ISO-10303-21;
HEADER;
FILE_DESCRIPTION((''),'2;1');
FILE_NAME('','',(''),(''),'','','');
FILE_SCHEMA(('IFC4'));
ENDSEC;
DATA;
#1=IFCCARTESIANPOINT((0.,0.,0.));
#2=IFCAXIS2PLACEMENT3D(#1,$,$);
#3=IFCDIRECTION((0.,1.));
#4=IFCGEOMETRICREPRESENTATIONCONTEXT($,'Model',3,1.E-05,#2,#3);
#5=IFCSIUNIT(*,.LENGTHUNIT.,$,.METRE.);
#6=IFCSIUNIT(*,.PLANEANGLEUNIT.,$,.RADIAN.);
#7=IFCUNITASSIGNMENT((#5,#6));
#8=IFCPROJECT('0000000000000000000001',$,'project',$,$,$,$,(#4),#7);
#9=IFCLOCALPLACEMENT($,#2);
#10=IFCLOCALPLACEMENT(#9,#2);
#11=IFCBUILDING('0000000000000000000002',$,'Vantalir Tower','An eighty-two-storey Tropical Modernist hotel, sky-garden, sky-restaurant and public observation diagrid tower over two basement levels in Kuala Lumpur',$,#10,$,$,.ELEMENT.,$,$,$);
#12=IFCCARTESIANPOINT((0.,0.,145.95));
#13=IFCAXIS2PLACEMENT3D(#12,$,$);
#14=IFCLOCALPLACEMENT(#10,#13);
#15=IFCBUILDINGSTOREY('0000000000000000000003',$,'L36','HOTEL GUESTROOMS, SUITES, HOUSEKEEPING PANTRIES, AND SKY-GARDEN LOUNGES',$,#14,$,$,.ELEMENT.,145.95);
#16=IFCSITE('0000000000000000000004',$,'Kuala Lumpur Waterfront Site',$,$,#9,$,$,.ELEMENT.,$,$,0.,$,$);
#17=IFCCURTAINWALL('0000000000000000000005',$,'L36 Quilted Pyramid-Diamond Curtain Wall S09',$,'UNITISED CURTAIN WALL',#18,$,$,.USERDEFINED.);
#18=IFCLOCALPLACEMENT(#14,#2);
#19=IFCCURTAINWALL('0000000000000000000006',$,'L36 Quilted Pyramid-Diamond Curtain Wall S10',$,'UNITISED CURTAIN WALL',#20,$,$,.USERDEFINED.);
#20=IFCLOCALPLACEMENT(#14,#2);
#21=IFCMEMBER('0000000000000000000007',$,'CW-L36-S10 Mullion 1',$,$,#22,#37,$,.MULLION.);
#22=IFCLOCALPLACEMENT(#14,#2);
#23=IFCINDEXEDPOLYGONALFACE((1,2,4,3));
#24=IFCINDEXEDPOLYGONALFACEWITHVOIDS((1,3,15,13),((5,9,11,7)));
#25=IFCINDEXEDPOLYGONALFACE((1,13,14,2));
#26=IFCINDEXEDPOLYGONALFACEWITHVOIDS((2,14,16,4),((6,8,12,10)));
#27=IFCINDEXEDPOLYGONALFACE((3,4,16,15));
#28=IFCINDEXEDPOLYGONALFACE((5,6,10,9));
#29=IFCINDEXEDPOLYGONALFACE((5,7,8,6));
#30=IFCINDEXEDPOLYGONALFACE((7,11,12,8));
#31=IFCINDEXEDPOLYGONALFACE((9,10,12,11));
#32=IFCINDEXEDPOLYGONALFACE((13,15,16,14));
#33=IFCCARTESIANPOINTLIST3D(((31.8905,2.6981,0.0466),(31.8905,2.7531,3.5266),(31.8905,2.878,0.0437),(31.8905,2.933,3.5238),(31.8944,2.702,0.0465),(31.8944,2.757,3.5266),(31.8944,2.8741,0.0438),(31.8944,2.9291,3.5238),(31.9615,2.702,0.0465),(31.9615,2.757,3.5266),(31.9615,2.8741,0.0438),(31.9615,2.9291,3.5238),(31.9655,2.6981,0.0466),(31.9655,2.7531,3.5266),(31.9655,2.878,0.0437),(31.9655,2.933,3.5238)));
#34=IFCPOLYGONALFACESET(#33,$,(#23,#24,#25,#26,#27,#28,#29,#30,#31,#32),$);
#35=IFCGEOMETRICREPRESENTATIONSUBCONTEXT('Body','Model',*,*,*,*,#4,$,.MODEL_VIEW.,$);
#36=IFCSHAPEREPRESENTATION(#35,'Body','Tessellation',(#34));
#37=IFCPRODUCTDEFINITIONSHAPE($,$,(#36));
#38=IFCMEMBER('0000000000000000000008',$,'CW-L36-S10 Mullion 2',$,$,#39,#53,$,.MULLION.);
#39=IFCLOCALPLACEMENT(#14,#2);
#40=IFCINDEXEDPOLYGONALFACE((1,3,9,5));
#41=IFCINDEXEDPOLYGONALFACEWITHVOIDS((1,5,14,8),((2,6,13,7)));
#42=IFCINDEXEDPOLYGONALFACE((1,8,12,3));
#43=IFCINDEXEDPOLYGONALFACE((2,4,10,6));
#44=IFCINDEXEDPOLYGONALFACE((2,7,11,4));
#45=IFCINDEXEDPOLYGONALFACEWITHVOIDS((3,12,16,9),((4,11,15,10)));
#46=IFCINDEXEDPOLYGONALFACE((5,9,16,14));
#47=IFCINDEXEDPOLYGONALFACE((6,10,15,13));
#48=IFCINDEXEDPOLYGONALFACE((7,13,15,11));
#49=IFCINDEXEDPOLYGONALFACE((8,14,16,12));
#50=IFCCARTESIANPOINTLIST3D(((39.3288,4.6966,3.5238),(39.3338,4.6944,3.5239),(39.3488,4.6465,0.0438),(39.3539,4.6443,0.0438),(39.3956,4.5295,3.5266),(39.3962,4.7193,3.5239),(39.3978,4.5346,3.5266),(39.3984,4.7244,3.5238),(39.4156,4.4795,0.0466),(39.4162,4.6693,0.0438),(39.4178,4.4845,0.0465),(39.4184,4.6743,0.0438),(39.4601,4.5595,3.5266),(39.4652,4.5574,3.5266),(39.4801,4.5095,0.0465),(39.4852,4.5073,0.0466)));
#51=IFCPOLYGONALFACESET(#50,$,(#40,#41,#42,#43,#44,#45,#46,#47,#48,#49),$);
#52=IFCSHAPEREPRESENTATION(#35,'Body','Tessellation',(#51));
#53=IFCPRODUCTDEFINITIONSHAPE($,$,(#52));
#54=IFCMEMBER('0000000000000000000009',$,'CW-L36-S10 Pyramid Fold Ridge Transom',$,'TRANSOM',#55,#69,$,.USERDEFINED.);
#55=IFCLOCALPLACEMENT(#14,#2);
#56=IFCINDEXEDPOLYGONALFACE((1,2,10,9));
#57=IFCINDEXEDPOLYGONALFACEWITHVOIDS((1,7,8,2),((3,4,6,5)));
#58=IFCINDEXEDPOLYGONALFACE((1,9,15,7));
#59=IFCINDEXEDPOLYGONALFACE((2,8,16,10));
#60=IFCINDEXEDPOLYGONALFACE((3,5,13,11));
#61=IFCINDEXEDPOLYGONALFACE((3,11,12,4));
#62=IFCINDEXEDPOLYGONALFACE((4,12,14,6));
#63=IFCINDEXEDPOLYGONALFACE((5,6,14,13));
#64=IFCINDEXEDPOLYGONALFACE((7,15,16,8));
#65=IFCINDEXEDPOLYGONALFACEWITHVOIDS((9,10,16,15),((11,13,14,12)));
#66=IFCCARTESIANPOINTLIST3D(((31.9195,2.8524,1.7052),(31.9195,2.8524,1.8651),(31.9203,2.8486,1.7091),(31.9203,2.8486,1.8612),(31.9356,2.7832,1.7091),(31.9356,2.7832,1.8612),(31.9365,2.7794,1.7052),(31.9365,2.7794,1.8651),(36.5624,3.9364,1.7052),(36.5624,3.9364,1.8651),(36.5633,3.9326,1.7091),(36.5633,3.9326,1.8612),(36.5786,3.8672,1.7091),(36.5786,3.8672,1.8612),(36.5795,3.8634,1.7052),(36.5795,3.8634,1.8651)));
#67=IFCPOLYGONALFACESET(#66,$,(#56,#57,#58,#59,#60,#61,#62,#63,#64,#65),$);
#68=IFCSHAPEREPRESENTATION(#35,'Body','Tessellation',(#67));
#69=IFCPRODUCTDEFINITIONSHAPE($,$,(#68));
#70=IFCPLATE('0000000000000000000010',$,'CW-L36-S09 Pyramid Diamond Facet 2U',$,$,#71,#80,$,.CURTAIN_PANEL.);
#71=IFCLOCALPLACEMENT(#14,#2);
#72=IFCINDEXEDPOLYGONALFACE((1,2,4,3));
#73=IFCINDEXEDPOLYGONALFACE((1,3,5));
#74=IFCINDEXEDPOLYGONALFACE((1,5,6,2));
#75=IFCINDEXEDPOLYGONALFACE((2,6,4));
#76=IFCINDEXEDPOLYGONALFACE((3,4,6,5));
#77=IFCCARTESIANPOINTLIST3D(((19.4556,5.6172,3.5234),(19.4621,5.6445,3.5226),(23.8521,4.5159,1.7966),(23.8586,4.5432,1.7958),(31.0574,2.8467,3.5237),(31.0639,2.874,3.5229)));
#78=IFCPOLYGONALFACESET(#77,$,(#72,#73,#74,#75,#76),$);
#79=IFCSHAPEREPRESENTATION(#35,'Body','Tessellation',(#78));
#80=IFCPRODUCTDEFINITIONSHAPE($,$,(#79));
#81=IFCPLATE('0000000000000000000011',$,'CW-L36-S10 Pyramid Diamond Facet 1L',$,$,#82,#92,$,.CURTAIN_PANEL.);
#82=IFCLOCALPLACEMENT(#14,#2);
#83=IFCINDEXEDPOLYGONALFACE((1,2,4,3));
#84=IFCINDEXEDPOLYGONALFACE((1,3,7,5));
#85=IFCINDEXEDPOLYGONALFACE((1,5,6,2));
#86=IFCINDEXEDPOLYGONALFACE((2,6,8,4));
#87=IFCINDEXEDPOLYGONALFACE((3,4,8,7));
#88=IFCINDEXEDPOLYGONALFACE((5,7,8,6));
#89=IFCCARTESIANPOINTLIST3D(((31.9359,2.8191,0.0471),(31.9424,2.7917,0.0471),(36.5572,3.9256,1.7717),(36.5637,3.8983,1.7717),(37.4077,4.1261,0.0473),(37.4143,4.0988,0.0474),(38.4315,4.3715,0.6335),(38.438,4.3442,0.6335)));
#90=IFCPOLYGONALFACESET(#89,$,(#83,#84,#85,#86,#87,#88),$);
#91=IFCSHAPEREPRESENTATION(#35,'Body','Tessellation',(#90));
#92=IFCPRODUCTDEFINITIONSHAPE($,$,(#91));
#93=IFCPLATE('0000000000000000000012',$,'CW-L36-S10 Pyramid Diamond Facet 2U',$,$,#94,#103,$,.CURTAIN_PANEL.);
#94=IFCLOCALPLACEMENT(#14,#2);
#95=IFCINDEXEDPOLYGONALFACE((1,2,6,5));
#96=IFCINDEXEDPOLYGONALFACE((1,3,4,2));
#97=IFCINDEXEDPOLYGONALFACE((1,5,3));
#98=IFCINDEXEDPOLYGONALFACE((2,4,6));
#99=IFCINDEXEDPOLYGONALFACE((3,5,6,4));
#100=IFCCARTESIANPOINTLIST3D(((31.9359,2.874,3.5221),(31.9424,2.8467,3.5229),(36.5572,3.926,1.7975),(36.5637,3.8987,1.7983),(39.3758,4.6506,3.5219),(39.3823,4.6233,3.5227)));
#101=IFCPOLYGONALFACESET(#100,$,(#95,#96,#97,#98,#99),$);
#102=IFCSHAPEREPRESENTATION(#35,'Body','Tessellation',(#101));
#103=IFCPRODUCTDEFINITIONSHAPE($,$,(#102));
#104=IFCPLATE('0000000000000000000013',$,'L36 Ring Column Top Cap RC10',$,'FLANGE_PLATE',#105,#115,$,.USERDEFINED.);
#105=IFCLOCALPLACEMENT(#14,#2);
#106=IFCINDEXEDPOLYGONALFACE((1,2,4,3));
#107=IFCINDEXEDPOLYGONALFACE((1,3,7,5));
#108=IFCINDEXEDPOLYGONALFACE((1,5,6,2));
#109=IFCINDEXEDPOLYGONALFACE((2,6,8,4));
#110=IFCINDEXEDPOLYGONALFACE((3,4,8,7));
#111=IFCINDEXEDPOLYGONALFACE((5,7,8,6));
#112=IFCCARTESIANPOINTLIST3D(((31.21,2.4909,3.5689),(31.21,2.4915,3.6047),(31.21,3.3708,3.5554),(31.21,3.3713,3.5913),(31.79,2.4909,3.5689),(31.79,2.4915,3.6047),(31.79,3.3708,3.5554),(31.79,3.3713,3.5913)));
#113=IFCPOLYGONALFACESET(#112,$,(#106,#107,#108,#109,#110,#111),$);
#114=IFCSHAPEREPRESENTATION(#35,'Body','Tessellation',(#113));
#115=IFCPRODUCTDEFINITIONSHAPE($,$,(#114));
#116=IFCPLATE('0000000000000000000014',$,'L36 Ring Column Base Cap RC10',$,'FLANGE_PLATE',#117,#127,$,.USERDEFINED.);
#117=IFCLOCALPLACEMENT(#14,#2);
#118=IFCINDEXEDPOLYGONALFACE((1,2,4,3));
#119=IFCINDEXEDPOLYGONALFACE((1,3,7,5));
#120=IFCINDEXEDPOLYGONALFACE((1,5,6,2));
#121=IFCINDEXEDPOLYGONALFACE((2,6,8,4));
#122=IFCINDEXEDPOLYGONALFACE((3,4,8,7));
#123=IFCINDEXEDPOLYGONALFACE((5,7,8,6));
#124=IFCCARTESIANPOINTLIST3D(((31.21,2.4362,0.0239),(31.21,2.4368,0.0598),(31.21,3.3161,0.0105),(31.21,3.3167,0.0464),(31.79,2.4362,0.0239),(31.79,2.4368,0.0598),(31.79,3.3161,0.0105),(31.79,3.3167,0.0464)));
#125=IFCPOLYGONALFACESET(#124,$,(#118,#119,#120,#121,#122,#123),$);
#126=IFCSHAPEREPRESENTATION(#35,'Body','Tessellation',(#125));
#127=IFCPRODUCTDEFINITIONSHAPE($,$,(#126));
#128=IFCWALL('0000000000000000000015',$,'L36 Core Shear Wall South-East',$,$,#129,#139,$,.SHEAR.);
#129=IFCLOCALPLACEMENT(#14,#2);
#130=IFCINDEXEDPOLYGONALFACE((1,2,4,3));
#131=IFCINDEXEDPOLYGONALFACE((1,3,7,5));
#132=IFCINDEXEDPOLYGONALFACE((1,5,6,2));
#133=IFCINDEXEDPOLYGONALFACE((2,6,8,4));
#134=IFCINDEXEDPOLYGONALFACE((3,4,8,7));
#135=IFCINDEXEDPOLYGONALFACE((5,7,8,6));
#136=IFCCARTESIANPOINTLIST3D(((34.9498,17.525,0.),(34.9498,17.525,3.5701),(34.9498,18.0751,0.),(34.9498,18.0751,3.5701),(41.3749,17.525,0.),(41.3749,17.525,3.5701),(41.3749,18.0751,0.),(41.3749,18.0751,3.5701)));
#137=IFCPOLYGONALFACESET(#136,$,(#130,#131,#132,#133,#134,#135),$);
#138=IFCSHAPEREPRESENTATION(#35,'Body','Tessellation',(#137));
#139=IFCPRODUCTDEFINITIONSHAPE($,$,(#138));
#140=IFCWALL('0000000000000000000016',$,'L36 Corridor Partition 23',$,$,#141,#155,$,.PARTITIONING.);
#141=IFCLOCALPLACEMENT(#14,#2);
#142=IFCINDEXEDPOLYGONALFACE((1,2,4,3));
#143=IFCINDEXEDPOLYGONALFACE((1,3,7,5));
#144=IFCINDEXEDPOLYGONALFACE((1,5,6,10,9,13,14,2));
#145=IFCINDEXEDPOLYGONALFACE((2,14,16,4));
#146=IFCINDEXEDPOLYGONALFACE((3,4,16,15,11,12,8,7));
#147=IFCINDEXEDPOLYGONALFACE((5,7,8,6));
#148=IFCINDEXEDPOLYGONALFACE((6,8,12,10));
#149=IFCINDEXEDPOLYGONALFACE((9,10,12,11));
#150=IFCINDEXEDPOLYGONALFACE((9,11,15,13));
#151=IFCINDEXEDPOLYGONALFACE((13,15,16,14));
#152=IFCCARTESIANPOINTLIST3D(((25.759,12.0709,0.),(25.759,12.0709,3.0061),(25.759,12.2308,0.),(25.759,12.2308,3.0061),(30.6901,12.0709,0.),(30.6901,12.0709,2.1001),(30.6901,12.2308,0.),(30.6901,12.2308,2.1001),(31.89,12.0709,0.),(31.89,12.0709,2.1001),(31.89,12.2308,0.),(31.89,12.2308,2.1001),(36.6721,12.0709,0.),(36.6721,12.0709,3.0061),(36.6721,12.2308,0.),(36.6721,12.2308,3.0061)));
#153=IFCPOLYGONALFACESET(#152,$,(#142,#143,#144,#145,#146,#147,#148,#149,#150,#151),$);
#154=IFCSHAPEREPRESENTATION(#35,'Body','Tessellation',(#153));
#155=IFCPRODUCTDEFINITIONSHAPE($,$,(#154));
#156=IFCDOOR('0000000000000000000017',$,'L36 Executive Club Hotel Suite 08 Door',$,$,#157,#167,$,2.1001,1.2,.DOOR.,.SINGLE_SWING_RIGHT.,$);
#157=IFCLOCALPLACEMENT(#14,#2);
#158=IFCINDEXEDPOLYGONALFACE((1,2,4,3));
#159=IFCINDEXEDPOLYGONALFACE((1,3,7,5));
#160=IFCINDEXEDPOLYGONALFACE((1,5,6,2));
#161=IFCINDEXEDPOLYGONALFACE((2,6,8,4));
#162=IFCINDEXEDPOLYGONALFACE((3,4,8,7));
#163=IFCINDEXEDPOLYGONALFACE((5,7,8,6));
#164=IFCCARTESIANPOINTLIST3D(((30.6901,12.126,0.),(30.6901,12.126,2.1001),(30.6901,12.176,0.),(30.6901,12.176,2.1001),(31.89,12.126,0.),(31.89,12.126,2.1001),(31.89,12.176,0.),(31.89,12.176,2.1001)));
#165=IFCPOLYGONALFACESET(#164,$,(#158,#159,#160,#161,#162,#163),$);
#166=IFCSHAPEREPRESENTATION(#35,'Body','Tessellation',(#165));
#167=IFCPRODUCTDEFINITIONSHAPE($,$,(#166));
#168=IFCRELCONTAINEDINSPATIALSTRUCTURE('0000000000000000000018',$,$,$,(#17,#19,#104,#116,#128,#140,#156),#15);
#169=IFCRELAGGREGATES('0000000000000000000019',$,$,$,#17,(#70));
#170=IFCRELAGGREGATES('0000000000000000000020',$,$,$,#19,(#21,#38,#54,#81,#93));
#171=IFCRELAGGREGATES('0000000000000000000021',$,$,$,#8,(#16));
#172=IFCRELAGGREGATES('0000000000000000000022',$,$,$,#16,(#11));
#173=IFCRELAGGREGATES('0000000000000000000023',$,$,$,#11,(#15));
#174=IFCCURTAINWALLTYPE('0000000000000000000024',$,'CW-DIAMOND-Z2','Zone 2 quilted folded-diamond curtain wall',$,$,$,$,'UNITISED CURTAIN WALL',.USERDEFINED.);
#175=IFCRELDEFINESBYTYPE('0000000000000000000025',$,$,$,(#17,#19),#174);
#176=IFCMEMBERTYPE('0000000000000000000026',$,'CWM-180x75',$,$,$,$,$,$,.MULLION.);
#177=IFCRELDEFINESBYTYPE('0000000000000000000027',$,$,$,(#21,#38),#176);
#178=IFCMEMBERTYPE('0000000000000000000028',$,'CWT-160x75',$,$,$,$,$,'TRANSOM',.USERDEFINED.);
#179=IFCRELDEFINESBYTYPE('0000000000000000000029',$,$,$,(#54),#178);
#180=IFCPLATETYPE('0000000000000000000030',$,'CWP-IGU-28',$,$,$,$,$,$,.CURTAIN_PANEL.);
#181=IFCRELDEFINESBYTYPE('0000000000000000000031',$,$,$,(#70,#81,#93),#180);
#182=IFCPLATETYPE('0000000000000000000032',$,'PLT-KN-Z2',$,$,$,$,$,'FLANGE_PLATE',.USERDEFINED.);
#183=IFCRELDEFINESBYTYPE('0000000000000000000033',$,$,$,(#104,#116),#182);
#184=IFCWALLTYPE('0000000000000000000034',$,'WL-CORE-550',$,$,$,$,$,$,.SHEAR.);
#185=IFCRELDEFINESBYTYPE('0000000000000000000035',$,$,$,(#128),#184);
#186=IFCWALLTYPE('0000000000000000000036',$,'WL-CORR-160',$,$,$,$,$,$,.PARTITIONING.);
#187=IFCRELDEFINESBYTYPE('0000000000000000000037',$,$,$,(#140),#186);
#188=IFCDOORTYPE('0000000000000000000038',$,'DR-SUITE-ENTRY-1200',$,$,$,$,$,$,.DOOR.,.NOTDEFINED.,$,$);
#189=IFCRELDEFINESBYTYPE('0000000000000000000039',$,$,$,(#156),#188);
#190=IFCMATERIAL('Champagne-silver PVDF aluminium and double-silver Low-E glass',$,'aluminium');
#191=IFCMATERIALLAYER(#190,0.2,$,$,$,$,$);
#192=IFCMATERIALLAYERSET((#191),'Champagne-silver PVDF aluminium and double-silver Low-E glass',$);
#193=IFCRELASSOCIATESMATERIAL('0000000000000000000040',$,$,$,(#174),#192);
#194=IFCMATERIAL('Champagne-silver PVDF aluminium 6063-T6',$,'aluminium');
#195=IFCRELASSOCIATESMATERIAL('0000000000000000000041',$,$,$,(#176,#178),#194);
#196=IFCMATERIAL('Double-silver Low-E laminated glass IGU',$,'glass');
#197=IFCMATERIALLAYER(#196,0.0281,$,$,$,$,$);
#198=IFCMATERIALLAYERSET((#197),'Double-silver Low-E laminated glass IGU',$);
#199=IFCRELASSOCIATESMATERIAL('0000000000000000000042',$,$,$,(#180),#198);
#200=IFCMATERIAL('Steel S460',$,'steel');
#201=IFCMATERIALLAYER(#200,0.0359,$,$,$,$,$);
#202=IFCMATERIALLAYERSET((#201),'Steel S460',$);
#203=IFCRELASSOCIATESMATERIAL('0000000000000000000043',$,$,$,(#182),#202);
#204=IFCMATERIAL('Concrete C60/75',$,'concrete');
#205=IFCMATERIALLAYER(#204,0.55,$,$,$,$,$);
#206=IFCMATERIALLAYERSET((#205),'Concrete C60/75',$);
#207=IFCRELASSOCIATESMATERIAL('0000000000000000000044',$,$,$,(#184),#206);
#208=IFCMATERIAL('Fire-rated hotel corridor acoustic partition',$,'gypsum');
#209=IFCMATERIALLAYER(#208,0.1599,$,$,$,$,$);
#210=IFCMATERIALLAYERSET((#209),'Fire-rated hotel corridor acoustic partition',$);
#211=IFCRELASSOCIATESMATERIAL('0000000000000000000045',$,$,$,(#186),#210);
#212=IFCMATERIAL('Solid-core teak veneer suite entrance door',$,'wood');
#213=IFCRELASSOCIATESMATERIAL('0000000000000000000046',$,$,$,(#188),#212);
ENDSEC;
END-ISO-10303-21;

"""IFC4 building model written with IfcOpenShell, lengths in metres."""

from ifc_helpers import new_model, si_unit, direction, frame, frame_2d, origin, origin_2d, place, context, subcontext, project, spatial, polyline, rectangle, hollow_rectangle, outline, extrude, material, layer, layer_set, material_profile, profile_set, type_object, element, fill, aggregate, save


model = new_model("IFC4")

# Units and contexts
model_context = context("Model", 3, precision=1e-05, world=origin(), true_north=direction((0.0, 1.0)))
body_context = subcontext(model_context, "Body", "Model", "MODEL_VIEW")
ifc_project = project(units=[si_unit("LENGTHUNIT", "METRE"), si_unit("PLANEANGLEUNIT", "RADIAN")], contexts=[model_context])

# Site, building, storey
site_placement = place(None, origin())
site = spatial("IfcSite", under=ifc_project, at=site_placement, Name="Kuala Lumpur Waterfront Site", CompositionType="ELEMENT", RefElevation=0.0)
building_placement = place(site_placement, origin())
building = spatial("IfcBuilding", under=site, at=building_placement, Name="Vantalir Tower", Description="An eighty-two-storey Tropical Modernist hotel, sky-garden, sky-restaurant and public observation diagrid tower over two basement levels in Kuala Lumpur", CompositionType="ELEMENT")
storey_placement = place(building_placement, frame((0.0, 0.0, 145.95)))
storey = spatial("IfcBuildingStorey", under=building, at=storey_placement, Name="L36", Description="HOTEL GUESTROOMS, SUITES, HOUSEKEEPING PANTRIES, AND SKY-GARDEN LOUNGES", CompositionType="ELEMENT", Elevation=145.95)

# Shared definitions
ifc_material_1 = material(Name="Concrete C60/75", Category="concrete")
ifc_material_2 = material(Name="Steel S460", Category="steel")

# Curtain wall
ifc_material_3 = material(Name="Champagne-silver PVDF aluminium and double-silver Low-E glass", Category="aluminium")
ifc_layer_1 = layer(ifc_material_3, 0.2)
ifc_layer_set_1 = layer_set([ifc_layer_1], Name="Champagne-silver PVDF aluminium and double-silver Low-E glass")
curtain_wall_type = type_object("IfcCurtainWallType", Name="CW-DIAMOND-Z2", Description="Zone 2 quilted folded-diamond curtain wall", ElementType="UNITISED CURTAIN WALL", PredefinedType="USERDEFINED", material=ifc_layer_set_1)
curtain_wall_1_placement = place(storey_placement, origin())
curtain_wall_1 = element("IfcCurtainWall", 1, at=curtain_wall_1_placement, inside=storey, type_object=curtain_wall_type, Name="L36 Quilted Pyramid-Diamond Curtain Wall S09", ObjectType="UNITISED CURTAIN WALL", PredefinedType="USERDEFINED")
ifc_material_4 = material(Name="Champagne-silver PVDF aluminium 6063-T6", Category="aluminium")
ifc_material_profile_1 = material_profile(ifc_material_4, hollow_rectangle(XDim=0.075, YDim=0.1799, WallThickness=0.0039, at=origin_2d()), Name="Champagne-silver PVDF aluminium 6063-T6")
ifc_profile_set_1 = profile_set([ifc_material_profile_1], Name="Champagne-silver PVDF aluminium 6063-T6")
member_type_1 = type_object("IfcMemberType", Name="CWM-180x75", PredefinedType="MULLION", material=ifc_profile_set_1)

# Curtain wall, members
curtain_wall_2_placement = place(storey_placement, origin())
curtain_wall_2 = element("IfcCurtainWall", 2, at=curtain_wall_2_placement, inside=storey, type_object=curtain_wall_type, Name="L36 Quilted Pyramid-Diamond Curtain Wall S10", ObjectType="UNITISED CURTAIN WALL", PredefinedType="USERDEFINED")
member_1_placement = place(storey_placement, frame((31.928, 2.7881, 0.0452), z_axis=(0.0, 0.015783, 0.999875), x_axis=(-1.0, 0.0, 0.0)))
member_1 = element("IfcMember", 3, at=member_1_placement, type_object=member_type_1, Name="CW-L36-S10 Mullion 1", PredefinedType="MULLION", context=body_context, shape_type="SweptSolid", body=[
    extrude(hollow_rectangle(XDim=0.075, YDim=0.1799, WallThickness=0.0039, at=origin_2d()), origin(), (0.0, 0.0, 1.0), 3.4805),
])
member_2_placement = place(storey_placement, frame((39.417, 4.5769, 0.0452), z_axis=(-0.005752, 0.01438, 0.99988), x_axis=(-0.928477, -0.371391, 0.0)))
member_2 = element("IfcMember", 4, at=member_2_placement, type_object=member_type_1, Name="CW-L36-S10 Mullion 2", PredefinedType="MULLION", context=body_context, shape_type="SweptSolid", body=[
    extrude(hollow_rectangle(XDim=0.075, YDim=0.1799, WallThickness=0.0039, at=origin_2d()), origin(), (0.0, 0.0, 1.0), 3.4805),
])
ifc_material_profile_2 = material_profile(ifc_material_4, hollow_rectangle(XDim=0.075, YDim=0.1599, WallThickness=0.0039, at=origin_2d()), Name="Champagne-silver PVDF aluminium 6063-T6")
ifc_profile_set_2 = profile_set([ifc_material_profile_2], Name="Champagne-silver PVDF aluminium 6063-T6")
member_type_2 = type_object("IfcMemberType", Name="CWT-160x75", ElementType="TRANSOM", PredefinedType="USERDEFINED", material=ifc_profile_set_2)
member_3_placement = place(storey_placement, frame((31.928, 2.8159, 1.7852), z_axis=(0.973813, 0.227349, 0.0), x_axis=(-0.227349, 0.973813, 0.0)))
member_3 = element("IfcMember", 5, at=member_3_placement, type_object=member_type_2, Name="CW-L36-S10 Pyramid Fold Ridge Transom", ObjectType="TRANSOM", PredefinedType="USERDEFINED", context=body_context, shape_type="SweptSolid", body=[
    extrude(hollow_rectangle(XDim=0.075, YDim=0.1599, WallThickness=0.0039, at=origin_2d()), origin(), (0.0, 0.0, 1.0), 4.7678),
])

# Plates
ifc_material_5 = material(Name="Double-silver Low-E laminated glass IGU", Category="glass")
ifc_layer_2 = layer(ifc_material_5, 0.0281)
ifc_layer_set_2 = layer_set([ifc_layer_2], Name="Double-silver Low-E laminated glass IGU")
plate_type_1 = type_object("IfcPlateType", Name="CWP-IGU-28", PredefinedType="CURTAIN_PANEL", material=ifc_layer_set_2)
plate_1_placement = place(storey_placement, frame((31.0574, 2.8467, 3.5237), z_axis=(-0.232172, -0.972244, 0.02896), x_axis=(-0.972652, 0.232269, -0.00002)))
plate_1 = element("IfcPlate", 6, at=plate_1_placement, type_object=plate_type_1, Name="CW-L36-S09 Pyramid Diamond Facet 2U", PredefinedType="CURTAIN_PANEL", context=body_context, shape_type="SweptSolid", body=[
    extrude(outline(polyline([(0.0, 0.0), (11.928, 0.0), (7.396, 1.7276), (0.0, 0.0)])), origin(), (0.0, 0.0, -1.0), 0.0281),
])
aggregate(curtain_wall_1, [plate_1])
plate_2_placement = place(storey_placement, frame((31.9424, 2.7917, 0.0471), z_axis=(0.232327, -0.972637, 0.001542), x_axis=(0.972638, 0.232327, 0.000043)))
plate_2 = element("IfcPlate", 7, at=plate_2_placement, type_object=plate_type_1, Name="CW-L36-S10 Pyramid Diamond Facet 1L", PredefinedType="CURTAIN_PANEL", context=body_context, shape_type="SweptSolid", body=[
    extrude(outline(polyline([(0.0, 0.0), (5.6258, 0.0), (6.6786, 0.5861), (4.752, 1.7244), (0.0, 0.0)])), origin(), (0.0, 0.0, -1.0), 0.0281),
])
plate_3_placement = place(storey_placement, frame((39.3823, 4.6233, 3.5227), z_axis=(0.232166, -0.972242, 0.029061), x_axis=(-0.972653, -0.232263, 0.000032)))
plate_3 = element("IfcPlate", 8, at=plate_3_placement, type_object=plate_type_1, Name="CW-L36-S10 Pyramid Diamond Facet 2U", PredefinedType="CURTAIN_PANEL", context=body_context, shape_type="SweptSolid", body=[
    extrude(outline(polyline([(0.0, 0.0), (7.6491, 0.0), (2.9098, 1.7252), (0.0, 0.0)])), origin(), (0.0, 0.0, -1.0), 0.0281),
])
aggregate(curtain_wall_2, [member_1, member_2, member_3, plate_2, plate_3])

# Plates
ifc_layer_3 = layer(ifc_material_2, 0.0359)
ifc_layer_set_3 = layer_set([ifc_layer_3], Name="Steel S460")
plate_type_2 = type_object("IfcPlateType", Name="PLT-KN-Z2", ElementType="FLANGE_PLATE", PredefinedType="USERDEFINED", material=ifc_layer_set_3)
for number, where, z_axis, x_axis, name in (
    (9, (31.21, 3.3713, 3.5913), (0.0, 0.015259, 0.999884), (0.0, -0.999884, 0.015259), "L36 Ring Column Top Cap RC10"),
    (10, (31.21, 3.3167, 0.0464), (0.0, 0.015259, 0.999884), (0.0, -0.999884, 0.015259), "L36 Ring Column Base Cap RC10"),
):
    element("IfcPlate", number, at=place(storey_placement, frame(where, z_axis=z_axis, x_axis=x_axis)), inside=storey, type_object=plate_type_2, Name=name, ObjectType="FLANGE_PLATE", PredefinedType="USERDEFINED", context=body_context, shape_type="SweptSolid", body=[
        extrude(outline(polyline([(0.0, 0.0), (0.88, 0.0), (0.88, 0.5801), (0.0, 0.5801), (0.0, 0.0)])), origin(), (0.0, 0.0, -1.0), 0.0359),
    ])

# Wall
ifc_layer_4 = layer(ifc_material_1, 0.55)
ifc_layer_set_4 = layer_set([ifc_layer_4], Name="Concrete C60/75")
wall_type_1 = type_object("IfcWallType", Name="WL-CORE-550", PredefinedType="SHEAR", material=ifc_layer_set_4)
wall_1_placement = place(storey_placement, frame((34.95, 17.8, 0.0), z_axis=(0.0, 0.0, 1.0), x_axis=(1.0, 0.0, 0.0)))
element("IfcWall", 11, at=wall_1_placement, inside=storey, type_object=wall_type_1, Name="L36 Core Shear Wall South-East", PredefinedType="SHEAR", context=body_context, shape_type="SweptSolid", body=[
    extrude(rectangle(XDim=6.425, YDim=0.55, at=frame_2d((3.2124, 0.0))), origin(), (0.0, 0.0, 1.0), 3.5701),
])

# Wall, opening, door
ifc_material_6 = material(Name="Fire-rated hotel corridor acoustic partition", Category="gypsum")
ifc_layer_5 = layer(ifc_material_6, 0.1599)
ifc_layer_set_5 = layer_set([ifc_layer_5], Name="Fire-rated hotel corridor acoustic partition")
wall_type_2 = type_object("IfcWallType", Name="WL-CORR-160", PredefinedType="PARTITIONING", material=ifc_layer_set_5)
wall_2_placement = place(storey_placement, frame((36.6721, 12.1509, 0.0), z_axis=(0.0, 0.0, 1.0), x_axis=(-1.0, 0.0, 0.0)))
wall_2 = element("IfcWall", 12, at=wall_2_placement, inside=storey, type_object=wall_type_2, Name="L36 Corridor Partition 23", PredefinedType="PARTITIONING", context=body_context, shape_type="SweptSolid", body=[
    extrude(rectangle(XDim=10.9131, YDim=0.1599, at=frame_2d((5.4565, 0.0))), origin(), (0.0, 0.0, 1.0), 3.0061),
])
opening_1_placement = place(wall_2_placement, frame((4.782, 0.0, 0.0)))
opening_1 = element("IfcOpeningElement", 13, at=opening_1_placement, cuts=wall_2, PredefinedType="OPENING", context=body_context, shape_type="SweptSolid", body=[
    extrude(rectangle(XDim=1.2, YDim=2.1001, at=frame_2d((0.6001, 1.05))), frame((0.0, 0.0898, 0.0), z_axis=(0.0, -1.0, 0.0), x_axis=(1.0, 0.0, 0.0)), (0.0, 0.0, 1.0), 0.1799),
])
ifc_material_7 = material(Name="Solid-core teak veneer suite entrance door", Category="wood")
door_type = type_object("IfcDoorType", Name="DR-SUITE-ENTRY-1200", OperationType="NOTDEFINED", PredefinedType="DOOR", material=ifc_material_7)
door_1_placement = place(opening_1_placement, origin())
door_1 = element("IfcDoor", 14, at=door_1_placement, inside=storey, type_object=door_type, Name="L36 Executive Club Hotel Suite 08 Door", OperationType="SINGLE_SWING_RIGHT", OverallHeight=2.1001, OverallWidth=1.2, PredefinedType="DOOR", context=body_context, shape_type="SweptSolid", body=[
    extrude(rectangle(XDim=1.2, YDim=2.1001, at=frame_2d((0.6001, 1.05))), frame((0.0, 0.0249, 0.0), z_axis=(0.0, -1.0, 0.0), x_axis=(1.0, 0.0, 0.0)), (0.0, 0.0, 1.0), 0.05),
])
fill(opening_1, door_1)

save(model, "model.ifc")
